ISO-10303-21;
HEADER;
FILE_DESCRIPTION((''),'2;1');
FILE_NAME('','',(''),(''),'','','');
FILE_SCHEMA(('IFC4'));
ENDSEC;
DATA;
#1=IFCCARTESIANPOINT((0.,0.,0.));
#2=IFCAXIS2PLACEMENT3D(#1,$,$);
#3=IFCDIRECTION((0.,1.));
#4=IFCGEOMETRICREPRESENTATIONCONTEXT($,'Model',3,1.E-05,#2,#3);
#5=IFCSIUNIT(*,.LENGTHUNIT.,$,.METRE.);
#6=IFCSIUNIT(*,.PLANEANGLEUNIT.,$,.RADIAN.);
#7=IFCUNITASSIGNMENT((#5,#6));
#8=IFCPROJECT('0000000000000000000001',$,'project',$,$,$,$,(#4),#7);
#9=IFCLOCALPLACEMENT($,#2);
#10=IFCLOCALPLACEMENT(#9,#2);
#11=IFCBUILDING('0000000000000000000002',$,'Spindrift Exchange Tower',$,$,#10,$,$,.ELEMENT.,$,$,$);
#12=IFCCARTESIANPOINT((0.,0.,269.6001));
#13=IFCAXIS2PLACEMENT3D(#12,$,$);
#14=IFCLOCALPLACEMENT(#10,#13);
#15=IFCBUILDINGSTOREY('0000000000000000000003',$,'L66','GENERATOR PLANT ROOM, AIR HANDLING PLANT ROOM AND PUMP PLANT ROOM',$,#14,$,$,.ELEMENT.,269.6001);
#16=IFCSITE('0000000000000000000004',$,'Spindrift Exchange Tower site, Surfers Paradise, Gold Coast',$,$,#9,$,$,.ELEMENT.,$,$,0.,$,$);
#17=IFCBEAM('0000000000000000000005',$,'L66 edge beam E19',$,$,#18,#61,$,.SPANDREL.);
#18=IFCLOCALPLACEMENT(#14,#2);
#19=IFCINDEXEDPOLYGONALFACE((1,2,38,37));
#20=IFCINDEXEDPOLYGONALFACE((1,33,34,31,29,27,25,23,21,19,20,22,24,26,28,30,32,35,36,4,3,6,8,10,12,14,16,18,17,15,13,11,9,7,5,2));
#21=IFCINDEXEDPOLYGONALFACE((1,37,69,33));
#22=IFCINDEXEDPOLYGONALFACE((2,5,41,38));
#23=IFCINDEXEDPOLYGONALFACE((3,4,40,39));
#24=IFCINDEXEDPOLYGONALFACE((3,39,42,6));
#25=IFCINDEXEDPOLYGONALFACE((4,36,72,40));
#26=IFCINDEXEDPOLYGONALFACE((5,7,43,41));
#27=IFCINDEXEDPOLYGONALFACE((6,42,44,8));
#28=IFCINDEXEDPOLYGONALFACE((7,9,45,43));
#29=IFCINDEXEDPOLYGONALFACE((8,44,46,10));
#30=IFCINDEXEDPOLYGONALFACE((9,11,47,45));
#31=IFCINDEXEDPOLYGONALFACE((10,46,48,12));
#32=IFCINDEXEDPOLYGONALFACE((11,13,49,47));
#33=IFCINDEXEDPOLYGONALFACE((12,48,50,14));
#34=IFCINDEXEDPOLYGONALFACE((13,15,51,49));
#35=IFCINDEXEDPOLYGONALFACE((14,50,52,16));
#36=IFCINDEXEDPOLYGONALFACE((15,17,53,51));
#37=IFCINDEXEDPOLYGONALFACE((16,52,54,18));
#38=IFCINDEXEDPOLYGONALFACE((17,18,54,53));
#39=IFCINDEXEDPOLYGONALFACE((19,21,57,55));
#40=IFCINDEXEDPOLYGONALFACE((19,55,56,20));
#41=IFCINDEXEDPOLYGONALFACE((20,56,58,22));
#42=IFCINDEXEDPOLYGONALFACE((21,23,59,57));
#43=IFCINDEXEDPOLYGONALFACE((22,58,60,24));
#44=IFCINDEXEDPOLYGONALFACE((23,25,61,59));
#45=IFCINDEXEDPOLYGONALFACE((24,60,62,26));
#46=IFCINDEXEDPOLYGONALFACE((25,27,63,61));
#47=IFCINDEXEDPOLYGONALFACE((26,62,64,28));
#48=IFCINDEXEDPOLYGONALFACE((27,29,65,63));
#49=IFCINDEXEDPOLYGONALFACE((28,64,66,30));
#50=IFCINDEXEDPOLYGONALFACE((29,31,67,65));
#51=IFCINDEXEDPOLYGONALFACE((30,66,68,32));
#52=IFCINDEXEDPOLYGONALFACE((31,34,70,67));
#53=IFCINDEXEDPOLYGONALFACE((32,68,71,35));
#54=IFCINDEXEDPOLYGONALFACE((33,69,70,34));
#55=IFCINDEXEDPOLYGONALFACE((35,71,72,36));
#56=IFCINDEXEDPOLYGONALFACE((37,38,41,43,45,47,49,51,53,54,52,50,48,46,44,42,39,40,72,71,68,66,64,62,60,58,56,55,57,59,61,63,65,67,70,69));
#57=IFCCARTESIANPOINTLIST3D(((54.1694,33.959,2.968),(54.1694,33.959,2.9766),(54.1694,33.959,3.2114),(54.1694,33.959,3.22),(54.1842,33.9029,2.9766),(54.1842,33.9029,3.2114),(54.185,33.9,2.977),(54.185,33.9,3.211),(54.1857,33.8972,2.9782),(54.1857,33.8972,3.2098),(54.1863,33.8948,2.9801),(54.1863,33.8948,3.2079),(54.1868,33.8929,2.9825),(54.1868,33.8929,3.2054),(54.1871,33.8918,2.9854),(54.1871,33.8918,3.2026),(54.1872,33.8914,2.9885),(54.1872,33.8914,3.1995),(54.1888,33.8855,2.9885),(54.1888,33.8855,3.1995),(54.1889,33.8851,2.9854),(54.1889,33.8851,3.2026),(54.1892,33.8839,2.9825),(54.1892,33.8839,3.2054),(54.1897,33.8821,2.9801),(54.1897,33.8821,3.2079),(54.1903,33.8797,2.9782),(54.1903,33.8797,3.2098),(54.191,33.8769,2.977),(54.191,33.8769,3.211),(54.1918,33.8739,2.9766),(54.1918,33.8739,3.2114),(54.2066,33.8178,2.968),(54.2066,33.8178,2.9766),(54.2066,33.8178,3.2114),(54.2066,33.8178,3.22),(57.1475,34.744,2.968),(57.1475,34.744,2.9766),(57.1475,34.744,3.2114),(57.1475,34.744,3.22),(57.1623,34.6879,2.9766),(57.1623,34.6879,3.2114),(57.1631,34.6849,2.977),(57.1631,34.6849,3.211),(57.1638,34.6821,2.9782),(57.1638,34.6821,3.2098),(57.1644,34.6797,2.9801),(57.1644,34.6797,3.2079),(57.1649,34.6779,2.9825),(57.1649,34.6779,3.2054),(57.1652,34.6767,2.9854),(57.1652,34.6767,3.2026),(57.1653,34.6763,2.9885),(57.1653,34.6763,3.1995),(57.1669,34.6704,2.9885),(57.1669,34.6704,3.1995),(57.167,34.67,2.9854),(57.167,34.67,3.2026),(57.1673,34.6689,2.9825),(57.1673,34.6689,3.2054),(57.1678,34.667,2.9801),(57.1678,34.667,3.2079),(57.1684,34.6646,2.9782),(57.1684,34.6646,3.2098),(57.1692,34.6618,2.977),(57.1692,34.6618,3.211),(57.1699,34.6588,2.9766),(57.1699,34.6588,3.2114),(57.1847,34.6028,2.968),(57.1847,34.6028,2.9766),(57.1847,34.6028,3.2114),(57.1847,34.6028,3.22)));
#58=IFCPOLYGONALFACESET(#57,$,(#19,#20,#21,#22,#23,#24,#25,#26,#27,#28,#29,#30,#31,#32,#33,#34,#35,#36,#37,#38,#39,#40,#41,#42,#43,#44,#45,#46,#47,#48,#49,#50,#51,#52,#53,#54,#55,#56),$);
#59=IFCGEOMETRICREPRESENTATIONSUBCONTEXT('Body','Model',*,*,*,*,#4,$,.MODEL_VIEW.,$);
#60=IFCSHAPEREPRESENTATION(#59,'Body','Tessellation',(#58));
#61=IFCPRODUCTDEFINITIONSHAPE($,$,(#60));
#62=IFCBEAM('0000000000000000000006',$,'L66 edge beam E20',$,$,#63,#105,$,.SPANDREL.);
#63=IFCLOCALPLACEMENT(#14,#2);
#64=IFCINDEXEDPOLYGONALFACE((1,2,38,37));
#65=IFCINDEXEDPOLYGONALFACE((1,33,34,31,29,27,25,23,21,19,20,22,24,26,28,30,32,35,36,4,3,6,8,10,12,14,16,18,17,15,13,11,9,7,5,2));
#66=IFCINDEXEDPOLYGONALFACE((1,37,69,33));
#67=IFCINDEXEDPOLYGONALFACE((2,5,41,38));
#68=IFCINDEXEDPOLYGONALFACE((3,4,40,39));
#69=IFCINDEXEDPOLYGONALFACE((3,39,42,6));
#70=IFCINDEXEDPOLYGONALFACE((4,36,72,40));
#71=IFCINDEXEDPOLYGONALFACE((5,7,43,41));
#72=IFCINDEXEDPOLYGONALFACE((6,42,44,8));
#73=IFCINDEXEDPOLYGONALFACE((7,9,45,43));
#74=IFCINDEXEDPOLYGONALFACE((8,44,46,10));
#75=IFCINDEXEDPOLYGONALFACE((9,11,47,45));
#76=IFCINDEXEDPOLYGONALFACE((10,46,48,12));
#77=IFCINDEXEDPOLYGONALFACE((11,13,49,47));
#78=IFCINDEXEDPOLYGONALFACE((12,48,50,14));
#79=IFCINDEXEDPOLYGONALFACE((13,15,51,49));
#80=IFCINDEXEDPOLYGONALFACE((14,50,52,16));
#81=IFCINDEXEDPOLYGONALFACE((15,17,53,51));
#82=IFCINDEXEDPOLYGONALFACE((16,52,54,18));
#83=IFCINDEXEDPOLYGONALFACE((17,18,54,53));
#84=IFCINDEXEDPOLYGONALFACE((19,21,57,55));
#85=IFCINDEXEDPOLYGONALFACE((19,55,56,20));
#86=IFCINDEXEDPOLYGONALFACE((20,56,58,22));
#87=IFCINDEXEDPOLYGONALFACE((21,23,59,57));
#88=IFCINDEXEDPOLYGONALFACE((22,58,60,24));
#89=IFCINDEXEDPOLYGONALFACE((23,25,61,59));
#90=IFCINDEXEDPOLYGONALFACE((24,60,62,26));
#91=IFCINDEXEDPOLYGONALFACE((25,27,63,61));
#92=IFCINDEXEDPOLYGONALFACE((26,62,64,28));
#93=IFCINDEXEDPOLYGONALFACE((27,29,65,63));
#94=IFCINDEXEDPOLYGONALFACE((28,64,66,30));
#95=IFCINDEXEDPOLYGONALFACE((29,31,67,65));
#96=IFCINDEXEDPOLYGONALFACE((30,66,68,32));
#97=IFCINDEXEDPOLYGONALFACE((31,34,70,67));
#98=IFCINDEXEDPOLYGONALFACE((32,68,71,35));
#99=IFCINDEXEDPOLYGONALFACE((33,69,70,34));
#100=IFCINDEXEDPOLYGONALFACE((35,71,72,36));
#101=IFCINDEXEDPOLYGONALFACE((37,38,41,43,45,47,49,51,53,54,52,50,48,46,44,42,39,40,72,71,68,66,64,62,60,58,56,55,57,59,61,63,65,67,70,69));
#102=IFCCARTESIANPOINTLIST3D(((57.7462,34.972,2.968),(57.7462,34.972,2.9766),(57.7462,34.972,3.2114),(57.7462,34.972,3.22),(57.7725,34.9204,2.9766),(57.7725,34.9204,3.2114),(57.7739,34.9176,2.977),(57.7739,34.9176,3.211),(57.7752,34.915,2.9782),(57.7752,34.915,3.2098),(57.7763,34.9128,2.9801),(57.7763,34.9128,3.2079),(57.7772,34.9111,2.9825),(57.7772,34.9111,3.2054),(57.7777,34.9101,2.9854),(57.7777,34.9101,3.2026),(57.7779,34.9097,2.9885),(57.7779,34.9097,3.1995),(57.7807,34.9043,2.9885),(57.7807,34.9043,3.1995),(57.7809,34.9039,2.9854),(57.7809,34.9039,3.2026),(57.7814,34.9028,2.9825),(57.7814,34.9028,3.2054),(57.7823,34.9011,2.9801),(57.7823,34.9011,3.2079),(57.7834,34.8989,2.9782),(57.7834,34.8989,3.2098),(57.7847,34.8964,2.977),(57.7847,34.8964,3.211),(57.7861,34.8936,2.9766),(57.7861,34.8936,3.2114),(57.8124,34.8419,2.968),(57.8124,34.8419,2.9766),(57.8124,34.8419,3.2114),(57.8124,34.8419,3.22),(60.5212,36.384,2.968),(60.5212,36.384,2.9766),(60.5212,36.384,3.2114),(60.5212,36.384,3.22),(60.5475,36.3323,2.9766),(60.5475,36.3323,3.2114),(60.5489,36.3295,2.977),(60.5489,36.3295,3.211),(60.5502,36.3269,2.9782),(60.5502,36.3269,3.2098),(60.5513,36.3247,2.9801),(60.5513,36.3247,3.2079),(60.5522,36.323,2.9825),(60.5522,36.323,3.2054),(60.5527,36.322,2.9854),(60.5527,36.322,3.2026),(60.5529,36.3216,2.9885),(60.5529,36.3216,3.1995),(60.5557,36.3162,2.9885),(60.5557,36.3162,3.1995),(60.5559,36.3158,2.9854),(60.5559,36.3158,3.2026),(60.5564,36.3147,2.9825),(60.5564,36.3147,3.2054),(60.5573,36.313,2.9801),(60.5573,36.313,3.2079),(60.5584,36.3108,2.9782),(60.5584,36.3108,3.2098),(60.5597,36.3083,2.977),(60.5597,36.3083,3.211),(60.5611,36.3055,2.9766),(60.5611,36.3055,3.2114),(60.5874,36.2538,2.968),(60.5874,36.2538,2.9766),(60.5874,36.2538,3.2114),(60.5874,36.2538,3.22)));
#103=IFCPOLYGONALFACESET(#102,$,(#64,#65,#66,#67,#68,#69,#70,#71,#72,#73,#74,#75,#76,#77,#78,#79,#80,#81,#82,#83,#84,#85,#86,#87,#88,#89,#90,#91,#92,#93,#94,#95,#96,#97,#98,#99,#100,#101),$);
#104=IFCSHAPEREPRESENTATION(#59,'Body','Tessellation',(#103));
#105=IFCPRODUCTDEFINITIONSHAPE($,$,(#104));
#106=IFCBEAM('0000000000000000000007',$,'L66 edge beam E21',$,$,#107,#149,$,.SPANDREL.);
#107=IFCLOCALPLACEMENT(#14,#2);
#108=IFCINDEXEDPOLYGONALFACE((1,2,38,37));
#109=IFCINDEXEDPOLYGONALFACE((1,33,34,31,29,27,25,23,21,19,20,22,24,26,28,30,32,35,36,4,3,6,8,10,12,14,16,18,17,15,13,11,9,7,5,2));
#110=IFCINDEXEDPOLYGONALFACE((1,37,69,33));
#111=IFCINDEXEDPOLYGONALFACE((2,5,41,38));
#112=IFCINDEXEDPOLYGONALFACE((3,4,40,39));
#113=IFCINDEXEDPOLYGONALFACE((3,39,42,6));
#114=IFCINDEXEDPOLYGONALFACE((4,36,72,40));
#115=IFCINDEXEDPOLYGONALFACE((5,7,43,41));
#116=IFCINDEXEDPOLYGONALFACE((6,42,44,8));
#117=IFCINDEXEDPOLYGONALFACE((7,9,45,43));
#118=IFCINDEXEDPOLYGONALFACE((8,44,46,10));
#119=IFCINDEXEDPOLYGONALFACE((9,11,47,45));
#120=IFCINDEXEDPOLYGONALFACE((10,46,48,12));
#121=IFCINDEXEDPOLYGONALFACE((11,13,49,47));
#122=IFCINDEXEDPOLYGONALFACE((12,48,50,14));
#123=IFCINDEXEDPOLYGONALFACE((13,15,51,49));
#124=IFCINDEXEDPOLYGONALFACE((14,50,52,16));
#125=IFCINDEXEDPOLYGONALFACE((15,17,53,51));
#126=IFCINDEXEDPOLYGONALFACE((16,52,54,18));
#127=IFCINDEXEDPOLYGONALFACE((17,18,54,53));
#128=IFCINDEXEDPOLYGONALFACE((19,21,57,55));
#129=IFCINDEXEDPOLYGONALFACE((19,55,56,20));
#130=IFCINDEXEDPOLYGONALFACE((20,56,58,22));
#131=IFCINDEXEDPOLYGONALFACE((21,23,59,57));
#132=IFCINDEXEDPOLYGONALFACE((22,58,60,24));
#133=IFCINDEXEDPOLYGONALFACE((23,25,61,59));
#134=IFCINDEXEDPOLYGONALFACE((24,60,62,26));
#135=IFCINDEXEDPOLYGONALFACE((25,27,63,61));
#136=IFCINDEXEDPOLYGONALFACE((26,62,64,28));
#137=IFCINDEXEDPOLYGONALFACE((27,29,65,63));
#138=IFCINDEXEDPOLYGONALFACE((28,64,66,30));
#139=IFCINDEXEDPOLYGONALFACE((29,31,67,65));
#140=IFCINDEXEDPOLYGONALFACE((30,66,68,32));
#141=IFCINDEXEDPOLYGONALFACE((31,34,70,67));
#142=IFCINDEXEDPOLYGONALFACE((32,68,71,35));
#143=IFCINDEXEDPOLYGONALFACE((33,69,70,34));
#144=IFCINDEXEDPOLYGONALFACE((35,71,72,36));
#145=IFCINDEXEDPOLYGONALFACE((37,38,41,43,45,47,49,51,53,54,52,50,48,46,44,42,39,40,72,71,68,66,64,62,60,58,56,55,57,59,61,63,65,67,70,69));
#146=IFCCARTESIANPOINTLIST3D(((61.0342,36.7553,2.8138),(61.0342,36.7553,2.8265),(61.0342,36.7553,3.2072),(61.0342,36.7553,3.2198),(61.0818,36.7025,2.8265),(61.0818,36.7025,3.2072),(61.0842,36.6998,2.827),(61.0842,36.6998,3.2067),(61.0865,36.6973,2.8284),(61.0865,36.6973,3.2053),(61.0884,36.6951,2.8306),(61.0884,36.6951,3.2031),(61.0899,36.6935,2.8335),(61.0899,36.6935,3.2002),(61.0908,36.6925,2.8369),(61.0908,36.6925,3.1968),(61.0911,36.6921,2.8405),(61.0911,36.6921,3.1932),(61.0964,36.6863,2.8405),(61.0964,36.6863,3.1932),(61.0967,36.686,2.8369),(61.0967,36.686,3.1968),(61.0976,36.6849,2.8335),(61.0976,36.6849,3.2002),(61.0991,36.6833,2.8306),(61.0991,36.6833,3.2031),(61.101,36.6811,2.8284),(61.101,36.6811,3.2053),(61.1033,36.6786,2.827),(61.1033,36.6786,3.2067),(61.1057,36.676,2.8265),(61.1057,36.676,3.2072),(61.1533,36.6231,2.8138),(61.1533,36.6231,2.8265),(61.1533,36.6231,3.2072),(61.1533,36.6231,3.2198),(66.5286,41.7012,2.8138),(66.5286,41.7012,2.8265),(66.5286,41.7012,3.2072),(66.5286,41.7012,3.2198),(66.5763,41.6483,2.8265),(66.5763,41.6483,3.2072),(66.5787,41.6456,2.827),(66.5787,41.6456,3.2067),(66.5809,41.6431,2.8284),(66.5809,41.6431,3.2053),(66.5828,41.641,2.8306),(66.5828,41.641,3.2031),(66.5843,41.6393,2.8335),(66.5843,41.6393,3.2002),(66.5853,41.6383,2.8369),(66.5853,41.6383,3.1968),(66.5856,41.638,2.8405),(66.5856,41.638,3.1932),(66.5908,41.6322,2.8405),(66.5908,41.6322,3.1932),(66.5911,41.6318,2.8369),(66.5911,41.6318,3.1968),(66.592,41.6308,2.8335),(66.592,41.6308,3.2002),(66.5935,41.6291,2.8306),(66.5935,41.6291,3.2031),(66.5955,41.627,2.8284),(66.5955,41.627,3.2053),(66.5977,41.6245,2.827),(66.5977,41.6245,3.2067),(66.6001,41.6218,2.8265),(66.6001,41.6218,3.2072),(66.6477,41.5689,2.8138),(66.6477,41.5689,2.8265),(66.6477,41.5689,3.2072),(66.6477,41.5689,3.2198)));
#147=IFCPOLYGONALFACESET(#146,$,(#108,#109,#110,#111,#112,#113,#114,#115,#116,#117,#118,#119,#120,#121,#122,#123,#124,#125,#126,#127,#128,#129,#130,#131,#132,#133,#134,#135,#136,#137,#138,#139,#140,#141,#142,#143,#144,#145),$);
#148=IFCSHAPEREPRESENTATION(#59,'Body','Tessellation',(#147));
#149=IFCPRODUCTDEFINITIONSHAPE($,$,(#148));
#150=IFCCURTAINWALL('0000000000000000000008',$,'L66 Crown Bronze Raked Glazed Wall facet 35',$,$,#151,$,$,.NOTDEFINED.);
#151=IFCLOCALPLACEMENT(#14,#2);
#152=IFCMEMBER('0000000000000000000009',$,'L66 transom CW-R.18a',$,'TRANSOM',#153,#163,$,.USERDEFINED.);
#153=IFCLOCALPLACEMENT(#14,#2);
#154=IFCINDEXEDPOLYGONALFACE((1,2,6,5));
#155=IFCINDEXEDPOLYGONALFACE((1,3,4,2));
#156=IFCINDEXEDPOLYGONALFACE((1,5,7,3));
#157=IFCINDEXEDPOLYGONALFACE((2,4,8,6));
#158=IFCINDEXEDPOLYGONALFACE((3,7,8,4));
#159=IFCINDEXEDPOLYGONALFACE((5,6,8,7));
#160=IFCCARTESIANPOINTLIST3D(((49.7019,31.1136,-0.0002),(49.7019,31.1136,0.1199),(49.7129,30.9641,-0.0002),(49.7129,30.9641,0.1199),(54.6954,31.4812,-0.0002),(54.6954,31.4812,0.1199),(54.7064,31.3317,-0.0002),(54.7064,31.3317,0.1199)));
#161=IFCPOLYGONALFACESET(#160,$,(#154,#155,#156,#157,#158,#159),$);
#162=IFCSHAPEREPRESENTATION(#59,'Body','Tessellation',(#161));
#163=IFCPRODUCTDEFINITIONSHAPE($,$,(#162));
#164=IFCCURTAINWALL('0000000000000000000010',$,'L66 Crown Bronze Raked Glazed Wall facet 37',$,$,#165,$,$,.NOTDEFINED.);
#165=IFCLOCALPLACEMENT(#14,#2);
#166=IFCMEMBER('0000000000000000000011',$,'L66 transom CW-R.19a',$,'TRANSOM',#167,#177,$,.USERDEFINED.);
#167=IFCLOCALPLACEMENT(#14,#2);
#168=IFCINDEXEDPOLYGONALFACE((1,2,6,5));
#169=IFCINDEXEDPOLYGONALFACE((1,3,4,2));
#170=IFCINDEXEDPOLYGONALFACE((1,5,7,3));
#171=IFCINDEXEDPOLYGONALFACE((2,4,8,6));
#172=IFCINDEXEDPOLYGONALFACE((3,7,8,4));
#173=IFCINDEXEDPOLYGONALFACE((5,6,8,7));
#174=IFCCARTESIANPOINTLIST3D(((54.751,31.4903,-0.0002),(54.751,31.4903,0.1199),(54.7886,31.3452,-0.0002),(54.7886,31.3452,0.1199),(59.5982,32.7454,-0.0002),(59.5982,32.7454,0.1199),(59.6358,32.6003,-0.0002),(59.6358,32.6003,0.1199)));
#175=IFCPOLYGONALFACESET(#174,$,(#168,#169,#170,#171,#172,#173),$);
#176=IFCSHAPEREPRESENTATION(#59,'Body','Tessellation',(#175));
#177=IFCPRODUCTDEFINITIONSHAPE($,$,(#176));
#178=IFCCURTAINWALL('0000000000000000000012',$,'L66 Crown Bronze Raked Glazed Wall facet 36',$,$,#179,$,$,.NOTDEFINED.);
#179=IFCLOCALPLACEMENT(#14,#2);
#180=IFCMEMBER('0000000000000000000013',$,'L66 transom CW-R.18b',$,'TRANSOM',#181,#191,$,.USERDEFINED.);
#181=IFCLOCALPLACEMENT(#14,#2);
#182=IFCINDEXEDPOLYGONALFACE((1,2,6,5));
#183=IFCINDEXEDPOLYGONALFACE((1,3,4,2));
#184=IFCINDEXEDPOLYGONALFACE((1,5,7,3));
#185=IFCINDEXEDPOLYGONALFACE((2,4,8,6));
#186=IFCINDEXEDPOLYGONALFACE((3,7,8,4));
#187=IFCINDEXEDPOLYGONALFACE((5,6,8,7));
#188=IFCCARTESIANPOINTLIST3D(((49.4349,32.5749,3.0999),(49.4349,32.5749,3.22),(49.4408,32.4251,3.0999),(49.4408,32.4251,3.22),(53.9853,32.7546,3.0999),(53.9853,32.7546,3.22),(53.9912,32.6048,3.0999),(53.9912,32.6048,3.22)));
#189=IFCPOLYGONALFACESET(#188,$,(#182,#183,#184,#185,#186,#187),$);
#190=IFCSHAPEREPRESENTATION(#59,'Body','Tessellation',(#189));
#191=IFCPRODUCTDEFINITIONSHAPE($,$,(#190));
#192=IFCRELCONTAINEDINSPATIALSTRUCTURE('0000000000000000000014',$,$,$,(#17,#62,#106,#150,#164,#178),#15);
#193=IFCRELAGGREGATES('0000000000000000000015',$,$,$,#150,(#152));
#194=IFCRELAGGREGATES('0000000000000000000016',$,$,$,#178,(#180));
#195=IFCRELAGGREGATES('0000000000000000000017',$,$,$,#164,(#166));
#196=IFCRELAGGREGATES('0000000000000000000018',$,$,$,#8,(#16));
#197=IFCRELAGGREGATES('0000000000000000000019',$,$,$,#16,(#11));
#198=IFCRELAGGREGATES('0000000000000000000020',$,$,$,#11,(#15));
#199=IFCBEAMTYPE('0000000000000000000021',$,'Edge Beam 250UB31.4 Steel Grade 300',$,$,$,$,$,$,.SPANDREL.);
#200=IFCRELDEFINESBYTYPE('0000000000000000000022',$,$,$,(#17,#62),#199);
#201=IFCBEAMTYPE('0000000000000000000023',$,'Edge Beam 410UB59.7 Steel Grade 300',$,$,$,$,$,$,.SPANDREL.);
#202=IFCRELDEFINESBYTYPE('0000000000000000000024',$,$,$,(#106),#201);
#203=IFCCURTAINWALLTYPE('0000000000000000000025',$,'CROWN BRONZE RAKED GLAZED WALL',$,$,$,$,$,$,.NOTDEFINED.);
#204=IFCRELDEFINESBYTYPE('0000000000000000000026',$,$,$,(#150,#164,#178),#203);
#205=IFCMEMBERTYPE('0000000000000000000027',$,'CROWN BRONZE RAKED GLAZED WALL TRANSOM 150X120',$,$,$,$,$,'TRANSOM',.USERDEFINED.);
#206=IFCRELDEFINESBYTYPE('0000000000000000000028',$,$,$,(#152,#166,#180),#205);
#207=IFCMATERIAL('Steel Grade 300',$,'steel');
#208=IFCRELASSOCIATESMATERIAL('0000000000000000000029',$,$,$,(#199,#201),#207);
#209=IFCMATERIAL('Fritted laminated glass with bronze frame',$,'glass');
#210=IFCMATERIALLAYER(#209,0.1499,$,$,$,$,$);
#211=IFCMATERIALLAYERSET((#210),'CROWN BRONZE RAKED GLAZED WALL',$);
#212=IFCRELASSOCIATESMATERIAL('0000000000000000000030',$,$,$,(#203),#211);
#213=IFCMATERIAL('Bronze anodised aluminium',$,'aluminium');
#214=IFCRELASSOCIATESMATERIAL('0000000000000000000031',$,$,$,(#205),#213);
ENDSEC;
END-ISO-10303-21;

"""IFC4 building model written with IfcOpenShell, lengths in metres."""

from ifc_helpers import new_model, si_unit, direction, frame, origin, origin_2d, place, context, subcontext, project, spatial, rectangle, i_section, extrude, source, transform, mapped, material, layer, layer_set, material_profile, profile_set, type_object, element, aggregate, save


model = new_model("IFC4")

# Units and contexts
model_context = context("Model", 3, precision=1e-05, world=origin(), true_north=direction((0.0, 1.0)))
body_context = subcontext(model_context, "Body", "Model", "MODEL_VIEW")
ifc_project = project(units=[si_unit("LENGTHUNIT", "METRE"), si_unit("PLANEANGLEUNIT", "RADIAN")], contexts=[model_context])

# Site, building, storey
site_placement = place(None, origin())
site = spatial("IfcSite", under=ifc_project, at=site_placement, Name="Spindrift Exchange Tower site, Surfers Paradise, Gold Coast", CompositionType="ELEMENT", RefElevation=0.0)
building_placement = place(site_placement, origin())
building = spatial("IfcBuilding", under=site, at=building_placement, Name="Spindrift Exchange Tower", CompositionType="ELEMENT")
storey_placement = place(building_placement, frame((0.0, 0.0, 269.6001)))
storey = spatial("IfcBuildingStorey", under=building, at=storey_placement, Name="L66", Description="GENERATOR PLANT ROOM, AIR HANDLING PLANT ROOM AND PUMP PLANT ROOM", CompositionType="ELEMENT", Elevation=269.6001)

# Beams
ifc_material_1 = material(Name="Steel Grade 300", Category="steel")
ifc_material_profile_1 = material_profile(ifc_material_1, i_section(OverallWidth=0.146, OverallDepth=0.252, WebThickness=0.0061, FlangeThickness=0.0085, FilletRadius=0.012, at=origin_2d()), Name="250UB31.4")
ifc_profile_set_1 = profile_set([ifc_material_profile_1], Name="Steel Grade 300")
beam_type_1 = type_object("IfcBeamType", Name="Edge Beam 250UB31.4 Steel Grade 300", PredefinedType="SPANDREL", material=ifc_profile_set_1)
shared_shape_1 = source(origin(), body_context, "Body", "SweptSolid", [
    extrude(i_section(OverallWidth=0.146, OverallDepth=0.252, WebThickness=0.0061, FlangeThickness=0.0085, FilletRadius=0.012, at=origin_2d()), origin(), (0.0, 0.0, 1.0), 3.0798),
])
beam_1_placement = place(storey_placement, frame((54.188, 33.8884, 3.094), z_axis=(0.966977, 0.254864, 0.0), x_axis=(-0.254864, 0.966977, 0.0)))
element("IfcBeam", 1, at=beam_1_placement, inside=storey, type_object=beam_type_1, Name="L66 edge beam E19", PredefinedType="SPANDREL", context=body_context, shape_type="MappedRepresentation", body=[
    mapped(shared_shape_1, transform((0.0, 0.0, 0.0), scale=1.0)),
])
shared_shape_2 = source(origin(), body_context, "Body", "SweptSolid", [
    extrude(i_section(OverallWidth=0.146, OverallDepth=0.252, WebThickness=0.0061, FlangeThickness=0.0085, FilletRadius=0.012, at=origin_2d()), origin(), (0.0, 0.0, 1.0), 3.1135),
])
beam_2_placement = place(storey_placement, frame((57.7793, 34.907, 3.094), z_axis=(0.891269, 0.453476, 0.0), x_axis=(-0.453476, 0.891269, 0.0)))
element("IfcBeam", 2, at=beam_2_placement, inside=storey, type_object=beam_type_1, Name="L66 edge beam E20", PredefinedType="SPANDREL", context=body_context, shape_type="MappedRepresentation", body=[
    mapped(shared_shape_2, transform((0.0, 0.0, 0.0), scale=1.0)),
])
ifc_material_profile_2 = material_profile(ifc_material_1, i_section(OverallWidth=0.178, OverallDepth=0.406, WebThickness=0.0078, FlangeThickness=0.0127, FilletRadius=0.0139, at=origin_2d()), Name="410UB59.7")
ifc_profile_set_2 = profile_set([ifc_material_profile_2], Name="Steel Grade 300")
beam_type_2 = type_object("IfcBeamType", Name="Edge Beam 410UB59.7 Steel Grade 300", PredefinedType="SPANDREL", material=ifc_profile_set_2)
shared_shape_3 = source(origin(), body_context, "Body", "SweptSolid", [
    extrude(i_section(OverallWidth=0.178, OverallDepth=0.406, WebThickness=0.0078, FlangeThickness=0.0127, FilletRadius=0.0139, at=origin_2d()), origin(), (0.0, 0.0, 1.0), 7.3926),
])
beam_3_placement = place(storey_placement, frame((61.0938, 36.6892, 3.0168), z_axis=(0.743237, 0.669029, 0.0), x_axis=(-0.669029, 0.743237, 0.0)))
element("IfcBeam", 3, at=beam_3_placement, inside=storey, type_object=beam_type_2, Name="L66 edge beam E21", PredefinedType="SPANDREL", context=body_context, shape_type="MappedRepresentation", body=[
    mapped(shared_shape_3, transform((0.0, 0.0, 0.0), scale=1.0)),
])

# Curtain walls, members
ifc_material_2 = material(Name="Fritted laminated glass with bronze frame", Category="glass")
ifc_layer_1 = layer(ifc_material_2, 0.1499)
ifc_layer_set_1 = layer_set([ifc_layer_1], Name="CROWN BRONZE RAKED GLAZED WALL")
curtain_wall_type = type_object("IfcCurtainWallType", Name="CROWN BRONZE RAKED GLAZED WALL", PredefinedType="NOTDEFINED", material=ifc_layer_set_1)
curtain_wall_1_placement = place(storey_placement, origin())
curtain_wall_1 = element("IfcCurtainWall", 4, at=curtain_wall_1_placement, inside=storey, type_object=curtain_wall_type, Name="L66 Crown Bronze Raked Glazed Wall facet 35", PredefinedType="NOTDEFINED")
ifc_material_3 = material(Name="Bronze anodised aluminium", Category="aluminium")
ifc_material_profile_3 = material_profile(ifc_material_3, rectangle(XDim=0.1499, YDim=0.1201, at=origin_2d()), Name="CROWN BRONZE RAKED GLAZED WALL TRANSOM 150X120")
ifc_profile_set_3 = profile_set([ifc_material_profile_3], Name="Bronze anodised aluminium")
member_type_1 = type_object("IfcMemberType", Name="CROWN BRONZE RAKED GLAZED WALL TRANSOM 150X120", ElementType="TRANSOM", PredefinedType="USERDEFINED", material=ifc_profile_set_3)
shared_shape_4 = source(origin(), body_context, "Body", "SweptSolid", [
    extrude(rectangle(XDim=0.1499, YDim=0.1201, at=origin_2d()), origin(), (0.0, 0.0, 1.0), 5.0071),
])
member_1_placement = place(storey_placement, frame((54.7009, 31.4065, 0.0598), z_axis=(-0.9973, -0.07343, 0.0), x_axis=(0.07343, -0.9973, 0.0)))
member_1 = element("IfcMember", 5, at=member_1_placement, type_object=member_type_1, Name="L66 transom CW-R.18a", ObjectType="TRANSOM", PredefinedType="USERDEFINED", context=body_context, shape_type="MappedRepresentation", body=[
    mapped(shared_shape_4, transform((0.0, 0.0, 0.0), scale=1.0)),
])
curtain_wall_2_placement = place(storey_placement, origin())
curtain_wall_2 = element("IfcCurtainWall", 6, at=curtain_wall_2_placement, inside=storey, type_object=curtain_wall_type, Name="L66 Crown Bronze Raked Glazed Wall facet 37", PredefinedType="NOTDEFINED")
member_2_placement = place(storey_placement, frame((54.7698, 31.4177, 0.0598), z_axis=(0.968072, 0.250673, 0.0), x_axis=(-0.250673, 0.968072, 0.0)))
member_2 = element("IfcMember", 7, at=member_2_placement, type_object=member_type_1, Name="L66 transom CW-R.19a", ObjectType="TRANSOM", PredefinedType="USERDEFINED", context=body_context, shape_type="MappedRepresentation", body=[
    mapped(shared_shape_4, transform((0.0, 0.0, 0.0), scale=1.0)),
])
curtain_wall_3_placement = place(storey_placement, origin())
curtain_wall_3 = element("IfcCurtainWall", 8, at=curtain_wall_3_placement, inside=storey, type_object=curtain_wall_type, Name="L66 Crown Bronze Raked Glazed Wall facet 36", PredefinedType="NOTDEFINED")
shared_shape_5 = source(origin(), body_context, "Body", "SweptSolid", [
    extrude(rectangle(XDim=0.1499, YDim=0.1201, at=origin_2d()), origin(), (0.0, 0.0, 1.0), 4.554),
])
member_3_placement = place(storey_placement, frame((53.9883, 32.6797, 3.1599), z_axis=(-0.999221, -0.039458, 0.0), x_axis=(0.039458, -0.999221, 0.0)))
member_3 = element("IfcMember", 9, at=member_3_placement, type_object=member_type_1, Name="L66 transom CW-R.18b", ObjectType="TRANSOM", PredefinedType="USERDEFINED", context=body_context, shape_type="MappedRepresentation", body=[
    mapped(shared_shape_5, transform((0.0, 0.0, 0.0), scale=1.0)),
])

aggregate(curtain_wall_1, [member_1])
aggregate(curtain_wall_3, [member_3])
aggregate(curtain_wall_2, [member_2])

save(model, "model.ifc")
